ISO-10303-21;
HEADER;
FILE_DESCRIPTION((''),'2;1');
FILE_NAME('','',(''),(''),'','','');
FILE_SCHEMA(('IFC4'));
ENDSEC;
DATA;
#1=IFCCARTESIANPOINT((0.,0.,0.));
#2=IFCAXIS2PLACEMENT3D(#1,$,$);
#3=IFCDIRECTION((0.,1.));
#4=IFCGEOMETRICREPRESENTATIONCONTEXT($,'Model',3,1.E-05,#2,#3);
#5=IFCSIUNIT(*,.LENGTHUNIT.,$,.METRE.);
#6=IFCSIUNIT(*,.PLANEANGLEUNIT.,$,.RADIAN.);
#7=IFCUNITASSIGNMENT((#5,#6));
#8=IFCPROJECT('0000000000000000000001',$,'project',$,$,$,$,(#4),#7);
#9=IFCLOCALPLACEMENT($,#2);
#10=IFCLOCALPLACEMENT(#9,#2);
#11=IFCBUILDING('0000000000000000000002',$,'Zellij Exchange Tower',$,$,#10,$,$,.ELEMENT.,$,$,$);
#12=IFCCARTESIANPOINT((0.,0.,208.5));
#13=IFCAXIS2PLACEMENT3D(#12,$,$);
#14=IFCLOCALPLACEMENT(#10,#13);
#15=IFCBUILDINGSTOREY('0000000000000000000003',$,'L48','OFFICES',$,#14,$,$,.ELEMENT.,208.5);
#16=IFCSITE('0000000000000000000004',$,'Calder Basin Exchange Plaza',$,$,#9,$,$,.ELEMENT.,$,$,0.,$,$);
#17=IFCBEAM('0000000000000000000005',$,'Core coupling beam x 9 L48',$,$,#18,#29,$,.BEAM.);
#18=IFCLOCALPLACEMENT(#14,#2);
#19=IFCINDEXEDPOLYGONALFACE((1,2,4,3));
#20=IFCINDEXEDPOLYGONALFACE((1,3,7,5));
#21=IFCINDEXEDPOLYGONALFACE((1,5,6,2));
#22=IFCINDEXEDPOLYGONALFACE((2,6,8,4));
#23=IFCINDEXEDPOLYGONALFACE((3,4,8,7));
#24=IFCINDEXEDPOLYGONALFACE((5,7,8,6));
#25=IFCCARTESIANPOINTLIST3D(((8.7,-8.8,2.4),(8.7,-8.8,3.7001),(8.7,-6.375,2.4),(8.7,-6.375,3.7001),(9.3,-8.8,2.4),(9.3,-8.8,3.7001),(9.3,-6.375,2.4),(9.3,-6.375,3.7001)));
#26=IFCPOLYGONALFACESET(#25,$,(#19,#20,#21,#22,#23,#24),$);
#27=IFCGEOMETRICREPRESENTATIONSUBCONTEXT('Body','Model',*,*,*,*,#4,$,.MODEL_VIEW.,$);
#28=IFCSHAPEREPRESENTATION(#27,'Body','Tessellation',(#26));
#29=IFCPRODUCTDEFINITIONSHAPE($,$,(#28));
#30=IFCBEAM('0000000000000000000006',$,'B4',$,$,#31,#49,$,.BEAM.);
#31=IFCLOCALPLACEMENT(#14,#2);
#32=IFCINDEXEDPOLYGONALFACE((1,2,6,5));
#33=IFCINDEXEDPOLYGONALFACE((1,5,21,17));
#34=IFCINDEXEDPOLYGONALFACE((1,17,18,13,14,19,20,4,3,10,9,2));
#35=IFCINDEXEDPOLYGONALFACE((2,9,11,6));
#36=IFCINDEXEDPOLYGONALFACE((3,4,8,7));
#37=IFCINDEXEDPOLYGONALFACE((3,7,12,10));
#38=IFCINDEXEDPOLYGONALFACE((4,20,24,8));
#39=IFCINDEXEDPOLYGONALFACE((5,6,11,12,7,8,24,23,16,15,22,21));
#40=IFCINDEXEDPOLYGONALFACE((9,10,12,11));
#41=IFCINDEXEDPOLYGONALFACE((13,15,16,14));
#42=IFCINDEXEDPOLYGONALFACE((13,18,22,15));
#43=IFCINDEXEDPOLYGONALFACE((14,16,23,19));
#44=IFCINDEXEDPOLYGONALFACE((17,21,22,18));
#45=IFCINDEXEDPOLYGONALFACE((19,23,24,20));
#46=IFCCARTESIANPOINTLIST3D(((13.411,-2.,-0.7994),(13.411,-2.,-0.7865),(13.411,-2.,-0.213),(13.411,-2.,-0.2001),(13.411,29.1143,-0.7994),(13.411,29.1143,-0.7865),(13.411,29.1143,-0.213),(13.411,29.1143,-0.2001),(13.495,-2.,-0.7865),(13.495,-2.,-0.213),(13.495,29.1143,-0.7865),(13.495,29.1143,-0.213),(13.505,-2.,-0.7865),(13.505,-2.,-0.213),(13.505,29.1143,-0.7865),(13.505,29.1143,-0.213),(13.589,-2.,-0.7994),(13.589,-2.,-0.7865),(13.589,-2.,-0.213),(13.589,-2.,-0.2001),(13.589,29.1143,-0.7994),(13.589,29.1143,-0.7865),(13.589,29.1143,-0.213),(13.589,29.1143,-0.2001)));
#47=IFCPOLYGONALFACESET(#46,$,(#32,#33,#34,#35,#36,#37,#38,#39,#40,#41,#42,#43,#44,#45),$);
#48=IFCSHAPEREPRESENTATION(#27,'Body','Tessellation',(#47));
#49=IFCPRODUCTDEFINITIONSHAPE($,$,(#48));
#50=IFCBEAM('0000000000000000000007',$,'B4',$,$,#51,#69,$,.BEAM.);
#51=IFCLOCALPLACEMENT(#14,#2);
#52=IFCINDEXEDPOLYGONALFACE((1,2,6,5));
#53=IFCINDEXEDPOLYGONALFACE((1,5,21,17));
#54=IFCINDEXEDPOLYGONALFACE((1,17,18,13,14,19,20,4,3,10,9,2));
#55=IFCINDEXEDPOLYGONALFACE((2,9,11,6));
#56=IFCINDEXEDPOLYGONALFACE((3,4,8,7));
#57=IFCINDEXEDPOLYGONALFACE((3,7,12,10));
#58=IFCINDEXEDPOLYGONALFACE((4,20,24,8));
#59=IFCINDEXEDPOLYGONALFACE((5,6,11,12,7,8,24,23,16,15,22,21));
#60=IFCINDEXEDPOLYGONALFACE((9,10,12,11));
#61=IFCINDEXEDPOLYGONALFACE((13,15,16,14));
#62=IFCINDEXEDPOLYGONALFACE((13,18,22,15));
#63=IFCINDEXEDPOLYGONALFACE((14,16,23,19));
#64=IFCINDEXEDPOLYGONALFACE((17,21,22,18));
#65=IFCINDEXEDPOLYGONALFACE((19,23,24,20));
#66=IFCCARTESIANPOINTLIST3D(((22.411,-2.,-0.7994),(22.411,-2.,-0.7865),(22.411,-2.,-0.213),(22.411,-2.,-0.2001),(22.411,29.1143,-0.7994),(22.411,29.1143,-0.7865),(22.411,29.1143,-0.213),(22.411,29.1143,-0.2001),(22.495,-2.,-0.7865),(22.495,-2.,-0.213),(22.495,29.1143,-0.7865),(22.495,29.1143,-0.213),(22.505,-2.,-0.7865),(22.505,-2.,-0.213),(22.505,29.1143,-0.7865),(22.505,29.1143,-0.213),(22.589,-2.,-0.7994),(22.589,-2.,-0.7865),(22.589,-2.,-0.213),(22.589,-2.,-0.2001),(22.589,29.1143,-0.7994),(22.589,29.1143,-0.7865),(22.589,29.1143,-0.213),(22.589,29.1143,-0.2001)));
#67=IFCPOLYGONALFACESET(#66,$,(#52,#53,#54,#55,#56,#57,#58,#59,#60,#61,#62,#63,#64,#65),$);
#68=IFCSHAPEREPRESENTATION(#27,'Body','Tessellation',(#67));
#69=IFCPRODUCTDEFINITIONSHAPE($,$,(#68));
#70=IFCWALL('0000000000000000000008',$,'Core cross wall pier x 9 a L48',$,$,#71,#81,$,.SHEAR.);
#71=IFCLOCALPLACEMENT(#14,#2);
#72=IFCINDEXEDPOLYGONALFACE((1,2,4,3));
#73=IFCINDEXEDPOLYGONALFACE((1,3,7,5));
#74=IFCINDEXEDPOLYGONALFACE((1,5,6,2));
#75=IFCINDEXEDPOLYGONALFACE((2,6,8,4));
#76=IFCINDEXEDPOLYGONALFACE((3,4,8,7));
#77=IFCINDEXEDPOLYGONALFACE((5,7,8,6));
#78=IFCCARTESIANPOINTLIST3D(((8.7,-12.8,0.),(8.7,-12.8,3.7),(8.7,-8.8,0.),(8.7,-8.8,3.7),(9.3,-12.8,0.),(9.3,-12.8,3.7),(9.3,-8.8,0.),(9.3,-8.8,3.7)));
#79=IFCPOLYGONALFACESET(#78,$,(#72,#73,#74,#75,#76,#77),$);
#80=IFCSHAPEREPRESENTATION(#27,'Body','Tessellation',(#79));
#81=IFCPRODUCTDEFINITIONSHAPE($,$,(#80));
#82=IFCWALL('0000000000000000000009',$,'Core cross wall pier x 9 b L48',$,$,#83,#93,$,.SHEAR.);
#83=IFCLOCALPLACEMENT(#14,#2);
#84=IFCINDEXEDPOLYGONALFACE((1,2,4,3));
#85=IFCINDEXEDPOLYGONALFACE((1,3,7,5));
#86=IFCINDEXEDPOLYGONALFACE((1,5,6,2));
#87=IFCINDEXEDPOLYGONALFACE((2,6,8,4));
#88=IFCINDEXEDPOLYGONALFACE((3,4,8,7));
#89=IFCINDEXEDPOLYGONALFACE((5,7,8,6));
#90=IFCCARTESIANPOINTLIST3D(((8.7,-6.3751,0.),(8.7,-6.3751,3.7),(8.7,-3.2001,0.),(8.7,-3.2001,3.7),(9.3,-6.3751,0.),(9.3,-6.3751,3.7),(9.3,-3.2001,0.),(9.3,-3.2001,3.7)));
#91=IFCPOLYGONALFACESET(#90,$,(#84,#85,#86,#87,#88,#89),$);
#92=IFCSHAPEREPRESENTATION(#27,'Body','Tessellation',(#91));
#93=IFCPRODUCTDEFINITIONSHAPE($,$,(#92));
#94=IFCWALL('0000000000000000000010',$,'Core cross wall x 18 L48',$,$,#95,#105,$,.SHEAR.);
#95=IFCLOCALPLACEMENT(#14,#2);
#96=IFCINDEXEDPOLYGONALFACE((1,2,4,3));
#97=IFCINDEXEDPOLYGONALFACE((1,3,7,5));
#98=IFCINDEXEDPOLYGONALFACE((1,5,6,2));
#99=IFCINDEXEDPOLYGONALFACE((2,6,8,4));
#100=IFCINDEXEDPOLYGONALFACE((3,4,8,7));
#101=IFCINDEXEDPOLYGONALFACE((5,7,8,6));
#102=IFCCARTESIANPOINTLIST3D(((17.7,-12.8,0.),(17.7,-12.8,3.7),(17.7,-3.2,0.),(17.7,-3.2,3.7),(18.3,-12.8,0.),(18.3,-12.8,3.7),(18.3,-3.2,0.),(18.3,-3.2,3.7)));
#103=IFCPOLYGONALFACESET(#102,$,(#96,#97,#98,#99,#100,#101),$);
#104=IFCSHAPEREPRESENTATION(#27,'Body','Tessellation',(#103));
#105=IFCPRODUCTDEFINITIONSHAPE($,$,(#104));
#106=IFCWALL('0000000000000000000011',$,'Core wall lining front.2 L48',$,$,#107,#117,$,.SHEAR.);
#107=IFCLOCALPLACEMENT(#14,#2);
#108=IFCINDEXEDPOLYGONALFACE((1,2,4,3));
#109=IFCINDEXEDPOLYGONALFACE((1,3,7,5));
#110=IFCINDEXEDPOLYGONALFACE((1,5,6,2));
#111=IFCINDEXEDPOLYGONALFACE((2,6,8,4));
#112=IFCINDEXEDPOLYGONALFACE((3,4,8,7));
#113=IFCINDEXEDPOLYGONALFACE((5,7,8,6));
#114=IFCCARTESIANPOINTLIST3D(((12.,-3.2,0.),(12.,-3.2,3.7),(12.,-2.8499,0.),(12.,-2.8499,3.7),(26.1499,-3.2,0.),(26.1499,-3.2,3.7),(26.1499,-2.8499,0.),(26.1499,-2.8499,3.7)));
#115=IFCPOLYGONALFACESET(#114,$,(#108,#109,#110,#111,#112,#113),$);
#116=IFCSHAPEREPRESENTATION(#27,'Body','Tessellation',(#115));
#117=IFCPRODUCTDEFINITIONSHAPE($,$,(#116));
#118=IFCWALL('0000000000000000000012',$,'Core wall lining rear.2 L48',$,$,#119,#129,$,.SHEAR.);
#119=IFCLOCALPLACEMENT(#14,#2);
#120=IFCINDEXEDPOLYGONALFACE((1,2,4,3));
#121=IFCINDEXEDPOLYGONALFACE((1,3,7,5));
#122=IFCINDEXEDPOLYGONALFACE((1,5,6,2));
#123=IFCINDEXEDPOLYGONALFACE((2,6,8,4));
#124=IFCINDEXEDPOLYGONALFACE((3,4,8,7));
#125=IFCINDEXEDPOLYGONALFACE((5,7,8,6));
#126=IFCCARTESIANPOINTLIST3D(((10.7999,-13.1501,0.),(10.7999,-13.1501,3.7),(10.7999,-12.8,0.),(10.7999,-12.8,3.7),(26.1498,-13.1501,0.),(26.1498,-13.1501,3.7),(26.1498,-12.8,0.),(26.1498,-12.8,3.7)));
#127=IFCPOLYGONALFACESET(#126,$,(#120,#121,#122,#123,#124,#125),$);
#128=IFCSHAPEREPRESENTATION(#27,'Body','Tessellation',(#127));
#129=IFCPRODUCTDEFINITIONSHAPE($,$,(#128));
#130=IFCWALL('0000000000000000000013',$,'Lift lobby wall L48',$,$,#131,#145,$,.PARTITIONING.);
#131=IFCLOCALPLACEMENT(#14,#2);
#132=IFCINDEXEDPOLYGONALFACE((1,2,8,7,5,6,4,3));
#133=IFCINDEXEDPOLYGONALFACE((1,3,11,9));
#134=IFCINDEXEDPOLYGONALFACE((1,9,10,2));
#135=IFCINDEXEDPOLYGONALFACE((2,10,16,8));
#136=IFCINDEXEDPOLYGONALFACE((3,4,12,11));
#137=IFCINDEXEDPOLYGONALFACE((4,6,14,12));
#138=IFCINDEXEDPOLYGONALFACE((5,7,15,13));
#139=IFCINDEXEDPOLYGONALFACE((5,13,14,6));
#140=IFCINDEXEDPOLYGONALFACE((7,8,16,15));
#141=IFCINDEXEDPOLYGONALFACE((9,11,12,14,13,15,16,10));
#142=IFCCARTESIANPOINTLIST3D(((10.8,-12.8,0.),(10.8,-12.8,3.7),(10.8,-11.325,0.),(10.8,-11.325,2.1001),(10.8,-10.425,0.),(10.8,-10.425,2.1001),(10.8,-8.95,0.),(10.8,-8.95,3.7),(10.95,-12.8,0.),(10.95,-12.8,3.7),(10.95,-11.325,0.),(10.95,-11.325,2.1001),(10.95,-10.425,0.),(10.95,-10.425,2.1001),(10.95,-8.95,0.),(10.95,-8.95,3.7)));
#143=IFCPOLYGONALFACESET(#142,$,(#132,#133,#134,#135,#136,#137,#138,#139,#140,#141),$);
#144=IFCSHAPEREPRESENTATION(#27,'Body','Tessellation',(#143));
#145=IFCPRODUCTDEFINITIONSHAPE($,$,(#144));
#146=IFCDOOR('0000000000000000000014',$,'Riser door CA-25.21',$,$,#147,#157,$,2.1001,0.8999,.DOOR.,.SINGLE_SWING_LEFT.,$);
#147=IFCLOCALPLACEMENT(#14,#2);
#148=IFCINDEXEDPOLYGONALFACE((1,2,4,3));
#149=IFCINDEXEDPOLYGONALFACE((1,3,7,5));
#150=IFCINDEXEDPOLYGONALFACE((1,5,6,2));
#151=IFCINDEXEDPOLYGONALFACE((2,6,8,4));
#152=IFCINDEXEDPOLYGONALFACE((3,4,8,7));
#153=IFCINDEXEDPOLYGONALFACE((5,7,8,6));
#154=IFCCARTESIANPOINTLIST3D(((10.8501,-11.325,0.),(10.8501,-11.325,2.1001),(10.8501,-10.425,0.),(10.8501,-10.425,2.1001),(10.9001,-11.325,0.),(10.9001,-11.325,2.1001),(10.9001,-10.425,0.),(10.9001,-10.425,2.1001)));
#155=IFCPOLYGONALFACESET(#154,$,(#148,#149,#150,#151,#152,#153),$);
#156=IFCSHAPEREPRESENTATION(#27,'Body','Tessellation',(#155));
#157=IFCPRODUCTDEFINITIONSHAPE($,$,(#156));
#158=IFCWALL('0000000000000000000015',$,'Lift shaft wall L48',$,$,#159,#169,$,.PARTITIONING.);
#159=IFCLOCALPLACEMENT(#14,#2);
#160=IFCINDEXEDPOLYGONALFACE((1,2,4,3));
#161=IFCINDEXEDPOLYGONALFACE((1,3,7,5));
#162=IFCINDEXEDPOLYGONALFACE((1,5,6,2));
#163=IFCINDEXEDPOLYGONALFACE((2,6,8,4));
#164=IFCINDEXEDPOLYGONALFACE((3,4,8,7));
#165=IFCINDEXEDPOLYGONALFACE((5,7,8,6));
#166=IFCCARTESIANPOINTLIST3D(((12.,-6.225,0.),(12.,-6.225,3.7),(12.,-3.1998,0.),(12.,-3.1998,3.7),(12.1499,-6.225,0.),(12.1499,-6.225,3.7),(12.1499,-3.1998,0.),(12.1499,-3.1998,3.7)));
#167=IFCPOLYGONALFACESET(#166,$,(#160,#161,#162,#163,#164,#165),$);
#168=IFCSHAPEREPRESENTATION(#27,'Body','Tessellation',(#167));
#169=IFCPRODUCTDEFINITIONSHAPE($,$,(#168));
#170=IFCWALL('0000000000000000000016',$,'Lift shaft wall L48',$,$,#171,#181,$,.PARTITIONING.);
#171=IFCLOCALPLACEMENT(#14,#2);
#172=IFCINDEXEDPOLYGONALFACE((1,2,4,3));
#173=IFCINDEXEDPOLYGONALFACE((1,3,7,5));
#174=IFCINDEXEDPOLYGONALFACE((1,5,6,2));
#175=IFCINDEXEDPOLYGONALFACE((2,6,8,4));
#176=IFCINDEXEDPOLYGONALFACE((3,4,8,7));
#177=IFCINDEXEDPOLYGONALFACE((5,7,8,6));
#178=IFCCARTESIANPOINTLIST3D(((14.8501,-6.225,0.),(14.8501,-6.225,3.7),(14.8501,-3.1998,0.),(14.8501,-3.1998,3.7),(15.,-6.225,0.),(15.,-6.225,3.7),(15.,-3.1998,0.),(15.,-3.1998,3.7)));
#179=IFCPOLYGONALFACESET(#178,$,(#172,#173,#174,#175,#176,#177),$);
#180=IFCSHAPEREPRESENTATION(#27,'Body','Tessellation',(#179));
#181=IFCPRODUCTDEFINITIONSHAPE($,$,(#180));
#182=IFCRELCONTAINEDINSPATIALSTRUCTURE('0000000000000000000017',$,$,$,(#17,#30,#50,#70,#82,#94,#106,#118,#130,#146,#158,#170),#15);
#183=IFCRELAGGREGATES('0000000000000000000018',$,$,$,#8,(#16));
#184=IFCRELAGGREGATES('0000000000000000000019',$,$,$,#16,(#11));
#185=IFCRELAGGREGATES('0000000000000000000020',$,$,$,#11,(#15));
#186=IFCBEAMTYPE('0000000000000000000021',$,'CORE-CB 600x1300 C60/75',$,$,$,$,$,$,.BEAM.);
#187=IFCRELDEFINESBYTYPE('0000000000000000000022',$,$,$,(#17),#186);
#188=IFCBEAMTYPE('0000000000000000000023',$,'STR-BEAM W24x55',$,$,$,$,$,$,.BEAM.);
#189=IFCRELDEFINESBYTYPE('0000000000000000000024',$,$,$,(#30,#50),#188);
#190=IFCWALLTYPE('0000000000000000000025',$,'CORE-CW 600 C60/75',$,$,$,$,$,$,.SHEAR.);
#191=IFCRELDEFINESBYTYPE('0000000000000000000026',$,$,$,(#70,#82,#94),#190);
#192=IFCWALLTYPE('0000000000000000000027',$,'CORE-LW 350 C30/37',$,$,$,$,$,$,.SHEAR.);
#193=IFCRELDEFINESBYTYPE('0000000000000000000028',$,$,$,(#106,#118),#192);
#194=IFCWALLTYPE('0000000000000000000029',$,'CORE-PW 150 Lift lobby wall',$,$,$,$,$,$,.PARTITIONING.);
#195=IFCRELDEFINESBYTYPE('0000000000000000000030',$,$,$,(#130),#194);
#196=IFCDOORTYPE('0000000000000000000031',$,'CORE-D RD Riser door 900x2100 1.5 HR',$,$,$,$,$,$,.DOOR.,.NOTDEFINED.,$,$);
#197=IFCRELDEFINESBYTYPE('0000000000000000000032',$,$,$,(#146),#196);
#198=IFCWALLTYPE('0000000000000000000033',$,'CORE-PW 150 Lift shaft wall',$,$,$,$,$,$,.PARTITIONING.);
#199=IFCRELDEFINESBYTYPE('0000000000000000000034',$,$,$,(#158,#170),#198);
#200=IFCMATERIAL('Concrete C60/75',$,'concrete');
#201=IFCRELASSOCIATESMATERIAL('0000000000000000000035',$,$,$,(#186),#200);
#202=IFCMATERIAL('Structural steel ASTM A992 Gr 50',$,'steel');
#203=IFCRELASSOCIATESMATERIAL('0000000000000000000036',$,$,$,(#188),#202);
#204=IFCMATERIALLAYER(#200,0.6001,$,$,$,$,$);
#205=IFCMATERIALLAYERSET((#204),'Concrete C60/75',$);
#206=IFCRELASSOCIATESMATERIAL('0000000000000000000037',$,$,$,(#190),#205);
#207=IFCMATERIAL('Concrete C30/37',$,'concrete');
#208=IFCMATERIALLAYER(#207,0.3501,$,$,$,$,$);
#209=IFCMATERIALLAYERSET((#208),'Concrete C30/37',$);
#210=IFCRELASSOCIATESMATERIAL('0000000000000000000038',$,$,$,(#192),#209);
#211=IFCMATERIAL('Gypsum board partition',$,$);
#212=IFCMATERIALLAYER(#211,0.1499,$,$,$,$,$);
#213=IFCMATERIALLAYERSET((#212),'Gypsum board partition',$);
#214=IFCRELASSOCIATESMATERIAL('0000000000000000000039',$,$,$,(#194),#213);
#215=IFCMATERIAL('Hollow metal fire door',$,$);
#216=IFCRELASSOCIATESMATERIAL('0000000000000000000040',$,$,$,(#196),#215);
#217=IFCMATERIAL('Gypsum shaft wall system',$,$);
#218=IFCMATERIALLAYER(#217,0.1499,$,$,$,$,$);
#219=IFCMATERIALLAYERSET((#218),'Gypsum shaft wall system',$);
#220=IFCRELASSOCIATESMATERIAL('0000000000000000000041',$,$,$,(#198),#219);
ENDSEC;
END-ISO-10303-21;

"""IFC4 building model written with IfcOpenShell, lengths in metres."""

from ifc_helpers import new_model, si_unit, direction, frame, frame_2d, origin, origin_2d, place, context, subcontext, project, spatial, rectangle, i_section, extrude, material, layer, layer_set, material_profile, profile_set, type_object, element, fill, save


model = new_model("IFC4")

# Units and contexts
model_context = context("Model", 3, precision=1e-05, world=origin(), true_north=direction((0.0, 1.0)))
body_context = subcontext(model_context, "Body", "Model", "MODEL_VIEW")
ifc_project = project(units=[si_unit("LENGTHUNIT", "METRE"), si_unit("PLANEANGLEUNIT", "RADIAN")], contexts=[model_context])

# Site, building, storey
site_placement = place(None, origin())
site = spatial("IfcSite", under=ifc_project, at=site_placement, Name="Calder Basin Exchange Plaza", CompositionType="ELEMENT", RefElevation=0.0)
building_placement = place(site_placement, origin())
building = spatial("IfcBuilding", under=site, at=building_placement, Name="Zellij Exchange Tower", CompositionType="ELEMENT")
storey_placement = place(building_placement, frame((0.0, 0.0, 208.5)))
storey = spatial("IfcBuildingStorey", under=building, at=storey_placement, Name="L48", Description="OFFICES", CompositionType="ELEMENT", Elevation=208.5)

# Beams
ifc_material_1 = material(Name="Concrete C60/75", Category="concrete")
ifc_material_profile_1 = material_profile(ifc_material_1, rectangle(XDim=0.6001, YDim=1.3, at=origin_2d()), Name="CORE-CB 600x1300 C60/75")
ifc_profile_set_1 = profile_set([ifc_material_profile_1], Name="Concrete C60/75")
beam_type_1 = type_object("IfcBeamType", Name="CORE-CB 600x1300 C60/75", PredefinedType="BEAM", material=ifc_profile_set_1)
beam_placement = place(storey_placement, frame((9.0, -8.8, 3.05), z_axis=(0.0, 1.0, 0.0), x_axis=(-1.0, 0.0, 0.0)))
element("IfcBeam", 1, at=beam_placement, inside=storey, type_object=beam_type_1, Name="Core coupling beam x 9 L48", PredefinedType="BEAM", context=body_context, shape_type="SweptSolid", body=[
    extrude(rectangle(XDim=0.6001, YDim=1.3, at=origin_2d()), origin(), (0.0, 0.0, 1.0), 2.425),
])
ifc_material_2 = material(Name="Structural steel ASTM A992 Gr 50", Category="steel")
ifc_material_profile_2 = material_profile(ifc_material_2, i_section(OverallWidth=0.178, OverallDepth=0.5994, WebThickness=0.01, FlangeThickness=0.0129, at=origin_2d()), Name="W24x55")
ifc_profile_set_2 = profile_set([ifc_material_profile_2], Name="Structural steel ASTM A992 Gr 50")
beam_type_2 = type_object("IfcBeamType", Name="STR-BEAM W24x55", PredefinedType="BEAM", material=ifc_profile_set_2)
for number, where, z_axis, x_axis, name in (
    (2, (13.5, -2.0, -0.4998), (0.0, 1.0, 0.0), (-1.0, 0.0, 0.0), "B4"),
    (3, (22.5, -2.0, -0.4998), (0.0, 1.0, 0.0), (-1.0, 0.0, 0.0), "B4"),
):
    element("IfcBeam", number, at=place(storey_placement, frame(where, z_axis=z_axis, x_axis=x_axis)), inside=storey, type_object=beam_type_2, Name=name, PredefinedType="BEAM", context=body_context, shape_type="SweptSolid", body=[
        extrude(i_section(OverallWidth=0.178, OverallDepth=0.5994, WebThickness=0.01, FlangeThickness=0.0129, at=origin_2d()), origin(), (0.0, 0.0, 1.0), 31.1143),
    ])

# Walls
ifc_layer_1 = layer(ifc_material_1, 0.6001)
ifc_layer_set_1 = layer_set([ifc_layer_1], Name="Concrete C60/75")
wall_type_1 = type_object("IfcWallType", Name="CORE-CW 600 C60/75", PredefinedType="SHEAR", material=ifc_layer_set_1)
wall_1_placement = place(storey_placement, frame((9.0, -12.8, 0.0), z_axis=(0.0, 0.0, 1.0), x_axis=(0.0, 1.0, 0.0)))
element("IfcWall", 4, at=wall_1_placement, inside=storey, type_object=wall_type_1, Name="Core cross wall pier x 9 a L48", PredefinedType="SHEAR", context=body_context, shape_type="SweptSolid", body=[
    extrude(rectangle(XDim=4.0, YDim=0.6001, at=frame_2d((2.0, 0.0))), origin(), (0.0, 0.0, 1.0), 3.7),
])
wall_2_placement = place(storey_placement, frame((9.0, -6.375, 0.0), z_axis=(0.0, 0.0, 1.0), x_axis=(0.0, 1.0, 0.0)))
element("IfcWall", 5, at=wall_2_placement, inside=storey, type_object=wall_type_1, Name="Core cross wall pier x 9 b L48", PredefinedType="SHEAR", context=body_context, shape_type="SweptSolid", body=[
    extrude(rectangle(XDim=3.175, YDim=0.6001, at=frame_2d((1.5874, 0.0))), origin(), (0.0, 0.0, 1.0), 3.7),
])
wall_3_placement = place(storey_placement, frame((18.0, -12.8, 0.0), z_axis=(0.0, 0.0, 1.0), x_axis=(0.0, 1.0, 0.0)))
element("IfcWall", 6, at=wall_3_placement, inside=storey, type_object=wall_type_1, Name="Core cross wall x 18 L48", PredefinedType="SHEAR", context=body_context, shape_type="SweptSolid", body=[
    extrude(rectangle(XDim=9.6001, YDim=0.6001, at=frame_2d((4.8, 0.0))), origin(), (0.0, 0.0, 1.0), 3.7),
])
ifc_material_3 = material(Name="Concrete C30/37", Category="concrete")
ifc_layer_2 = layer(ifc_material_3, 0.3501)
ifc_layer_set_2 = layer_set([ifc_layer_2], Name="Concrete C30/37")
wall_type_2 = type_object("IfcWallType", Name="CORE-LW 350 C30/37", PredefinedType="SHEAR", material=ifc_layer_set_2)
wall_4_placement = place(storey_placement, frame((12.0, -3.0249, 0.0), z_axis=(0.0, 0.0, 1.0), x_axis=(1.0, 0.0, 0.0)))
element("IfcWall", 7, at=wall_4_placement, inside=storey, type_object=wall_type_2, Name="Core wall lining front.2 L48", PredefinedType="SHEAR", context=body_context, shape_type="SweptSolid", body=[
    extrude(rectangle(XDim=14.1499, YDim=0.3501, at=frame_2d((7.075, 0.0))), origin(), (0.0, 0.0, 1.0), 3.7),
])
wall_5_placement = place(storey_placement, frame((10.8, -12.9751, 0.0), z_axis=(0.0, 0.0, 1.0), x_axis=(1.0, 0.0, 0.0)))
element("IfcWall", 8, at=wall_5_placement, inside=storey, type_object=wall_type_2, Name="Core wall lining rear.2 L48", PredefinedType="SHEAR", context=body_context, shape_type="SweptSolid", body=[
    extrude(rectangle(XDim=15.3499, YDim=0.3501, at=frame_2d((7.6748, 0.0))), origin(), (0.0, 0.0, 1.0), 3.7),
])

# Wall, opening, door
ifc_material_4 = material(Name="Gypsum board partition")
ifc_layer_3 = layer(ifc_material_4, 0.1499)
ifc_layer_set_3 = layer_set([ifc_layer_3], Name="Gypsum board partition")
wall_type_3 = type_object("IfcWallType", Name="CORE-PW 150 Lift lobby wall", PredefinedType="PARTITIONING", material=ifc_layer_set_3)
wall_6_placement = place(storey_placement, frame((10.875, -12.8, 0.0), z_axis=(0.0, 0.0, 1.0), x_axis=(0.0, 1.0, 0.0)))
wall_6 = element("IfcWall", 9, at=wall_6_placement, inside=storey, type_object=wall_type_3, Name="Lift lobby wall L48", PredefinedType="PARTITIONING", context=body_context, shape_type="SweptSolid", body=[
    extrude(rectangle(XDim=3.8501, YDim=0.1499, at=frame_2d((1.925, 0.0))), origin(), (0.0, 0.0, 1.0), 3.7),
])
opening_1_placement = place(wall_6_placement, frame((1.4751, 0.0, 0.0)))
opening_1 = element("IfcOpeningElement", 10, at=opening_1_placement, cuts=wall_6, PredefinedType="OPENING", context=body_context, shape_type="SweptSolid", body=[
    extrude(rectangle(XDim=0.8999, YDim=2.1001, at=frame_2d((0.45, 1.05))), frame((0.0, 0.0869, 0.0), z_axis=(0.0, -1.0, 0.0), x_axis=(1.0, 0.0, 0.0)), (0.0, 0.0, 1.0), 0.1738),
])
ifc_material_5 = material(Name="Hollow metal fire door")
door_type_1 = type_object("IfcDoorType", Name="CORE-D RD Riser door 900x2100 1.5 HR", OperationType="NOTDEFINED", PredefinedType="DOOR", material=ifc_material_5)
door_1_placement = place(opening_1_placement, origin())
door_1 = element("IfcDoor", 11, at=door_1_placement, inside=storey, type_object=door_type_1, Name="Riser door CA-25.21", OperationType="SINGLE_SWING_LEFT", OverallHeight=2.1001, OverallWidth=0.8999, PredefinedType="DOOR", context=body_context, shape_type="SweptSolid", body=[
    extrude(rectangle(XDim=0.8999, YDim=2.1001, at=frame_2d((0.45, 1.05))), frame((0.0, 0.0249, 0.0), z_axis=(0.0, -1.0, 0.0), x_axis=(1.0, 0.0, 0.0)), (0.0, 0.0, 1.0), 0.05),
])
fill(opening_1, door_1)

# Walls
ifc_material_6 = material(Name="Gypsum shaft wall system")
ifc_layer_4 = layer(ifc_material_6, 0.1499)
ifc_layer_set_4 = layer_set([ifc_layer_4], Name="Gypsum shaft wall system")
wall_type_4 = type_object("IfcWallType", Name="CORE-PW 150 Lift shaft wall", PredefinedType="PARTITIONING", material=ifc_layer_set_4)
for number, where, z_axis, x_axis, name in (
    (12, (12.075, -6.2251, 0.0), (0.0, 0.0, 1.0), (0.0, 1.0, 0.0), "Lift shaft wall L48"),
    (13, (14.925, -6.2251, 0.0), (0.0, 0.0, 1.0), (0.0, 1.0, 0.0), "Lift shaft wall L48"),
):
    element("IfcWall", number, at=place(storey_placement, frame(where, z_axis=z_axis, x_axis=x_axis)), inside=storey, type_object=wall_type_4, Name=name, PredefinedType="PARTITIONING", context=body_context, shape_type="SweptSolid", body=[
        extrude(rectangle(XDim=3.0251, YDim=0.1499, at=frame_2d((1.5127, 0.0))), origin(), (0.0, 0.0, 1.0), 3.7),
    ])

save(model, "model.ifc")
